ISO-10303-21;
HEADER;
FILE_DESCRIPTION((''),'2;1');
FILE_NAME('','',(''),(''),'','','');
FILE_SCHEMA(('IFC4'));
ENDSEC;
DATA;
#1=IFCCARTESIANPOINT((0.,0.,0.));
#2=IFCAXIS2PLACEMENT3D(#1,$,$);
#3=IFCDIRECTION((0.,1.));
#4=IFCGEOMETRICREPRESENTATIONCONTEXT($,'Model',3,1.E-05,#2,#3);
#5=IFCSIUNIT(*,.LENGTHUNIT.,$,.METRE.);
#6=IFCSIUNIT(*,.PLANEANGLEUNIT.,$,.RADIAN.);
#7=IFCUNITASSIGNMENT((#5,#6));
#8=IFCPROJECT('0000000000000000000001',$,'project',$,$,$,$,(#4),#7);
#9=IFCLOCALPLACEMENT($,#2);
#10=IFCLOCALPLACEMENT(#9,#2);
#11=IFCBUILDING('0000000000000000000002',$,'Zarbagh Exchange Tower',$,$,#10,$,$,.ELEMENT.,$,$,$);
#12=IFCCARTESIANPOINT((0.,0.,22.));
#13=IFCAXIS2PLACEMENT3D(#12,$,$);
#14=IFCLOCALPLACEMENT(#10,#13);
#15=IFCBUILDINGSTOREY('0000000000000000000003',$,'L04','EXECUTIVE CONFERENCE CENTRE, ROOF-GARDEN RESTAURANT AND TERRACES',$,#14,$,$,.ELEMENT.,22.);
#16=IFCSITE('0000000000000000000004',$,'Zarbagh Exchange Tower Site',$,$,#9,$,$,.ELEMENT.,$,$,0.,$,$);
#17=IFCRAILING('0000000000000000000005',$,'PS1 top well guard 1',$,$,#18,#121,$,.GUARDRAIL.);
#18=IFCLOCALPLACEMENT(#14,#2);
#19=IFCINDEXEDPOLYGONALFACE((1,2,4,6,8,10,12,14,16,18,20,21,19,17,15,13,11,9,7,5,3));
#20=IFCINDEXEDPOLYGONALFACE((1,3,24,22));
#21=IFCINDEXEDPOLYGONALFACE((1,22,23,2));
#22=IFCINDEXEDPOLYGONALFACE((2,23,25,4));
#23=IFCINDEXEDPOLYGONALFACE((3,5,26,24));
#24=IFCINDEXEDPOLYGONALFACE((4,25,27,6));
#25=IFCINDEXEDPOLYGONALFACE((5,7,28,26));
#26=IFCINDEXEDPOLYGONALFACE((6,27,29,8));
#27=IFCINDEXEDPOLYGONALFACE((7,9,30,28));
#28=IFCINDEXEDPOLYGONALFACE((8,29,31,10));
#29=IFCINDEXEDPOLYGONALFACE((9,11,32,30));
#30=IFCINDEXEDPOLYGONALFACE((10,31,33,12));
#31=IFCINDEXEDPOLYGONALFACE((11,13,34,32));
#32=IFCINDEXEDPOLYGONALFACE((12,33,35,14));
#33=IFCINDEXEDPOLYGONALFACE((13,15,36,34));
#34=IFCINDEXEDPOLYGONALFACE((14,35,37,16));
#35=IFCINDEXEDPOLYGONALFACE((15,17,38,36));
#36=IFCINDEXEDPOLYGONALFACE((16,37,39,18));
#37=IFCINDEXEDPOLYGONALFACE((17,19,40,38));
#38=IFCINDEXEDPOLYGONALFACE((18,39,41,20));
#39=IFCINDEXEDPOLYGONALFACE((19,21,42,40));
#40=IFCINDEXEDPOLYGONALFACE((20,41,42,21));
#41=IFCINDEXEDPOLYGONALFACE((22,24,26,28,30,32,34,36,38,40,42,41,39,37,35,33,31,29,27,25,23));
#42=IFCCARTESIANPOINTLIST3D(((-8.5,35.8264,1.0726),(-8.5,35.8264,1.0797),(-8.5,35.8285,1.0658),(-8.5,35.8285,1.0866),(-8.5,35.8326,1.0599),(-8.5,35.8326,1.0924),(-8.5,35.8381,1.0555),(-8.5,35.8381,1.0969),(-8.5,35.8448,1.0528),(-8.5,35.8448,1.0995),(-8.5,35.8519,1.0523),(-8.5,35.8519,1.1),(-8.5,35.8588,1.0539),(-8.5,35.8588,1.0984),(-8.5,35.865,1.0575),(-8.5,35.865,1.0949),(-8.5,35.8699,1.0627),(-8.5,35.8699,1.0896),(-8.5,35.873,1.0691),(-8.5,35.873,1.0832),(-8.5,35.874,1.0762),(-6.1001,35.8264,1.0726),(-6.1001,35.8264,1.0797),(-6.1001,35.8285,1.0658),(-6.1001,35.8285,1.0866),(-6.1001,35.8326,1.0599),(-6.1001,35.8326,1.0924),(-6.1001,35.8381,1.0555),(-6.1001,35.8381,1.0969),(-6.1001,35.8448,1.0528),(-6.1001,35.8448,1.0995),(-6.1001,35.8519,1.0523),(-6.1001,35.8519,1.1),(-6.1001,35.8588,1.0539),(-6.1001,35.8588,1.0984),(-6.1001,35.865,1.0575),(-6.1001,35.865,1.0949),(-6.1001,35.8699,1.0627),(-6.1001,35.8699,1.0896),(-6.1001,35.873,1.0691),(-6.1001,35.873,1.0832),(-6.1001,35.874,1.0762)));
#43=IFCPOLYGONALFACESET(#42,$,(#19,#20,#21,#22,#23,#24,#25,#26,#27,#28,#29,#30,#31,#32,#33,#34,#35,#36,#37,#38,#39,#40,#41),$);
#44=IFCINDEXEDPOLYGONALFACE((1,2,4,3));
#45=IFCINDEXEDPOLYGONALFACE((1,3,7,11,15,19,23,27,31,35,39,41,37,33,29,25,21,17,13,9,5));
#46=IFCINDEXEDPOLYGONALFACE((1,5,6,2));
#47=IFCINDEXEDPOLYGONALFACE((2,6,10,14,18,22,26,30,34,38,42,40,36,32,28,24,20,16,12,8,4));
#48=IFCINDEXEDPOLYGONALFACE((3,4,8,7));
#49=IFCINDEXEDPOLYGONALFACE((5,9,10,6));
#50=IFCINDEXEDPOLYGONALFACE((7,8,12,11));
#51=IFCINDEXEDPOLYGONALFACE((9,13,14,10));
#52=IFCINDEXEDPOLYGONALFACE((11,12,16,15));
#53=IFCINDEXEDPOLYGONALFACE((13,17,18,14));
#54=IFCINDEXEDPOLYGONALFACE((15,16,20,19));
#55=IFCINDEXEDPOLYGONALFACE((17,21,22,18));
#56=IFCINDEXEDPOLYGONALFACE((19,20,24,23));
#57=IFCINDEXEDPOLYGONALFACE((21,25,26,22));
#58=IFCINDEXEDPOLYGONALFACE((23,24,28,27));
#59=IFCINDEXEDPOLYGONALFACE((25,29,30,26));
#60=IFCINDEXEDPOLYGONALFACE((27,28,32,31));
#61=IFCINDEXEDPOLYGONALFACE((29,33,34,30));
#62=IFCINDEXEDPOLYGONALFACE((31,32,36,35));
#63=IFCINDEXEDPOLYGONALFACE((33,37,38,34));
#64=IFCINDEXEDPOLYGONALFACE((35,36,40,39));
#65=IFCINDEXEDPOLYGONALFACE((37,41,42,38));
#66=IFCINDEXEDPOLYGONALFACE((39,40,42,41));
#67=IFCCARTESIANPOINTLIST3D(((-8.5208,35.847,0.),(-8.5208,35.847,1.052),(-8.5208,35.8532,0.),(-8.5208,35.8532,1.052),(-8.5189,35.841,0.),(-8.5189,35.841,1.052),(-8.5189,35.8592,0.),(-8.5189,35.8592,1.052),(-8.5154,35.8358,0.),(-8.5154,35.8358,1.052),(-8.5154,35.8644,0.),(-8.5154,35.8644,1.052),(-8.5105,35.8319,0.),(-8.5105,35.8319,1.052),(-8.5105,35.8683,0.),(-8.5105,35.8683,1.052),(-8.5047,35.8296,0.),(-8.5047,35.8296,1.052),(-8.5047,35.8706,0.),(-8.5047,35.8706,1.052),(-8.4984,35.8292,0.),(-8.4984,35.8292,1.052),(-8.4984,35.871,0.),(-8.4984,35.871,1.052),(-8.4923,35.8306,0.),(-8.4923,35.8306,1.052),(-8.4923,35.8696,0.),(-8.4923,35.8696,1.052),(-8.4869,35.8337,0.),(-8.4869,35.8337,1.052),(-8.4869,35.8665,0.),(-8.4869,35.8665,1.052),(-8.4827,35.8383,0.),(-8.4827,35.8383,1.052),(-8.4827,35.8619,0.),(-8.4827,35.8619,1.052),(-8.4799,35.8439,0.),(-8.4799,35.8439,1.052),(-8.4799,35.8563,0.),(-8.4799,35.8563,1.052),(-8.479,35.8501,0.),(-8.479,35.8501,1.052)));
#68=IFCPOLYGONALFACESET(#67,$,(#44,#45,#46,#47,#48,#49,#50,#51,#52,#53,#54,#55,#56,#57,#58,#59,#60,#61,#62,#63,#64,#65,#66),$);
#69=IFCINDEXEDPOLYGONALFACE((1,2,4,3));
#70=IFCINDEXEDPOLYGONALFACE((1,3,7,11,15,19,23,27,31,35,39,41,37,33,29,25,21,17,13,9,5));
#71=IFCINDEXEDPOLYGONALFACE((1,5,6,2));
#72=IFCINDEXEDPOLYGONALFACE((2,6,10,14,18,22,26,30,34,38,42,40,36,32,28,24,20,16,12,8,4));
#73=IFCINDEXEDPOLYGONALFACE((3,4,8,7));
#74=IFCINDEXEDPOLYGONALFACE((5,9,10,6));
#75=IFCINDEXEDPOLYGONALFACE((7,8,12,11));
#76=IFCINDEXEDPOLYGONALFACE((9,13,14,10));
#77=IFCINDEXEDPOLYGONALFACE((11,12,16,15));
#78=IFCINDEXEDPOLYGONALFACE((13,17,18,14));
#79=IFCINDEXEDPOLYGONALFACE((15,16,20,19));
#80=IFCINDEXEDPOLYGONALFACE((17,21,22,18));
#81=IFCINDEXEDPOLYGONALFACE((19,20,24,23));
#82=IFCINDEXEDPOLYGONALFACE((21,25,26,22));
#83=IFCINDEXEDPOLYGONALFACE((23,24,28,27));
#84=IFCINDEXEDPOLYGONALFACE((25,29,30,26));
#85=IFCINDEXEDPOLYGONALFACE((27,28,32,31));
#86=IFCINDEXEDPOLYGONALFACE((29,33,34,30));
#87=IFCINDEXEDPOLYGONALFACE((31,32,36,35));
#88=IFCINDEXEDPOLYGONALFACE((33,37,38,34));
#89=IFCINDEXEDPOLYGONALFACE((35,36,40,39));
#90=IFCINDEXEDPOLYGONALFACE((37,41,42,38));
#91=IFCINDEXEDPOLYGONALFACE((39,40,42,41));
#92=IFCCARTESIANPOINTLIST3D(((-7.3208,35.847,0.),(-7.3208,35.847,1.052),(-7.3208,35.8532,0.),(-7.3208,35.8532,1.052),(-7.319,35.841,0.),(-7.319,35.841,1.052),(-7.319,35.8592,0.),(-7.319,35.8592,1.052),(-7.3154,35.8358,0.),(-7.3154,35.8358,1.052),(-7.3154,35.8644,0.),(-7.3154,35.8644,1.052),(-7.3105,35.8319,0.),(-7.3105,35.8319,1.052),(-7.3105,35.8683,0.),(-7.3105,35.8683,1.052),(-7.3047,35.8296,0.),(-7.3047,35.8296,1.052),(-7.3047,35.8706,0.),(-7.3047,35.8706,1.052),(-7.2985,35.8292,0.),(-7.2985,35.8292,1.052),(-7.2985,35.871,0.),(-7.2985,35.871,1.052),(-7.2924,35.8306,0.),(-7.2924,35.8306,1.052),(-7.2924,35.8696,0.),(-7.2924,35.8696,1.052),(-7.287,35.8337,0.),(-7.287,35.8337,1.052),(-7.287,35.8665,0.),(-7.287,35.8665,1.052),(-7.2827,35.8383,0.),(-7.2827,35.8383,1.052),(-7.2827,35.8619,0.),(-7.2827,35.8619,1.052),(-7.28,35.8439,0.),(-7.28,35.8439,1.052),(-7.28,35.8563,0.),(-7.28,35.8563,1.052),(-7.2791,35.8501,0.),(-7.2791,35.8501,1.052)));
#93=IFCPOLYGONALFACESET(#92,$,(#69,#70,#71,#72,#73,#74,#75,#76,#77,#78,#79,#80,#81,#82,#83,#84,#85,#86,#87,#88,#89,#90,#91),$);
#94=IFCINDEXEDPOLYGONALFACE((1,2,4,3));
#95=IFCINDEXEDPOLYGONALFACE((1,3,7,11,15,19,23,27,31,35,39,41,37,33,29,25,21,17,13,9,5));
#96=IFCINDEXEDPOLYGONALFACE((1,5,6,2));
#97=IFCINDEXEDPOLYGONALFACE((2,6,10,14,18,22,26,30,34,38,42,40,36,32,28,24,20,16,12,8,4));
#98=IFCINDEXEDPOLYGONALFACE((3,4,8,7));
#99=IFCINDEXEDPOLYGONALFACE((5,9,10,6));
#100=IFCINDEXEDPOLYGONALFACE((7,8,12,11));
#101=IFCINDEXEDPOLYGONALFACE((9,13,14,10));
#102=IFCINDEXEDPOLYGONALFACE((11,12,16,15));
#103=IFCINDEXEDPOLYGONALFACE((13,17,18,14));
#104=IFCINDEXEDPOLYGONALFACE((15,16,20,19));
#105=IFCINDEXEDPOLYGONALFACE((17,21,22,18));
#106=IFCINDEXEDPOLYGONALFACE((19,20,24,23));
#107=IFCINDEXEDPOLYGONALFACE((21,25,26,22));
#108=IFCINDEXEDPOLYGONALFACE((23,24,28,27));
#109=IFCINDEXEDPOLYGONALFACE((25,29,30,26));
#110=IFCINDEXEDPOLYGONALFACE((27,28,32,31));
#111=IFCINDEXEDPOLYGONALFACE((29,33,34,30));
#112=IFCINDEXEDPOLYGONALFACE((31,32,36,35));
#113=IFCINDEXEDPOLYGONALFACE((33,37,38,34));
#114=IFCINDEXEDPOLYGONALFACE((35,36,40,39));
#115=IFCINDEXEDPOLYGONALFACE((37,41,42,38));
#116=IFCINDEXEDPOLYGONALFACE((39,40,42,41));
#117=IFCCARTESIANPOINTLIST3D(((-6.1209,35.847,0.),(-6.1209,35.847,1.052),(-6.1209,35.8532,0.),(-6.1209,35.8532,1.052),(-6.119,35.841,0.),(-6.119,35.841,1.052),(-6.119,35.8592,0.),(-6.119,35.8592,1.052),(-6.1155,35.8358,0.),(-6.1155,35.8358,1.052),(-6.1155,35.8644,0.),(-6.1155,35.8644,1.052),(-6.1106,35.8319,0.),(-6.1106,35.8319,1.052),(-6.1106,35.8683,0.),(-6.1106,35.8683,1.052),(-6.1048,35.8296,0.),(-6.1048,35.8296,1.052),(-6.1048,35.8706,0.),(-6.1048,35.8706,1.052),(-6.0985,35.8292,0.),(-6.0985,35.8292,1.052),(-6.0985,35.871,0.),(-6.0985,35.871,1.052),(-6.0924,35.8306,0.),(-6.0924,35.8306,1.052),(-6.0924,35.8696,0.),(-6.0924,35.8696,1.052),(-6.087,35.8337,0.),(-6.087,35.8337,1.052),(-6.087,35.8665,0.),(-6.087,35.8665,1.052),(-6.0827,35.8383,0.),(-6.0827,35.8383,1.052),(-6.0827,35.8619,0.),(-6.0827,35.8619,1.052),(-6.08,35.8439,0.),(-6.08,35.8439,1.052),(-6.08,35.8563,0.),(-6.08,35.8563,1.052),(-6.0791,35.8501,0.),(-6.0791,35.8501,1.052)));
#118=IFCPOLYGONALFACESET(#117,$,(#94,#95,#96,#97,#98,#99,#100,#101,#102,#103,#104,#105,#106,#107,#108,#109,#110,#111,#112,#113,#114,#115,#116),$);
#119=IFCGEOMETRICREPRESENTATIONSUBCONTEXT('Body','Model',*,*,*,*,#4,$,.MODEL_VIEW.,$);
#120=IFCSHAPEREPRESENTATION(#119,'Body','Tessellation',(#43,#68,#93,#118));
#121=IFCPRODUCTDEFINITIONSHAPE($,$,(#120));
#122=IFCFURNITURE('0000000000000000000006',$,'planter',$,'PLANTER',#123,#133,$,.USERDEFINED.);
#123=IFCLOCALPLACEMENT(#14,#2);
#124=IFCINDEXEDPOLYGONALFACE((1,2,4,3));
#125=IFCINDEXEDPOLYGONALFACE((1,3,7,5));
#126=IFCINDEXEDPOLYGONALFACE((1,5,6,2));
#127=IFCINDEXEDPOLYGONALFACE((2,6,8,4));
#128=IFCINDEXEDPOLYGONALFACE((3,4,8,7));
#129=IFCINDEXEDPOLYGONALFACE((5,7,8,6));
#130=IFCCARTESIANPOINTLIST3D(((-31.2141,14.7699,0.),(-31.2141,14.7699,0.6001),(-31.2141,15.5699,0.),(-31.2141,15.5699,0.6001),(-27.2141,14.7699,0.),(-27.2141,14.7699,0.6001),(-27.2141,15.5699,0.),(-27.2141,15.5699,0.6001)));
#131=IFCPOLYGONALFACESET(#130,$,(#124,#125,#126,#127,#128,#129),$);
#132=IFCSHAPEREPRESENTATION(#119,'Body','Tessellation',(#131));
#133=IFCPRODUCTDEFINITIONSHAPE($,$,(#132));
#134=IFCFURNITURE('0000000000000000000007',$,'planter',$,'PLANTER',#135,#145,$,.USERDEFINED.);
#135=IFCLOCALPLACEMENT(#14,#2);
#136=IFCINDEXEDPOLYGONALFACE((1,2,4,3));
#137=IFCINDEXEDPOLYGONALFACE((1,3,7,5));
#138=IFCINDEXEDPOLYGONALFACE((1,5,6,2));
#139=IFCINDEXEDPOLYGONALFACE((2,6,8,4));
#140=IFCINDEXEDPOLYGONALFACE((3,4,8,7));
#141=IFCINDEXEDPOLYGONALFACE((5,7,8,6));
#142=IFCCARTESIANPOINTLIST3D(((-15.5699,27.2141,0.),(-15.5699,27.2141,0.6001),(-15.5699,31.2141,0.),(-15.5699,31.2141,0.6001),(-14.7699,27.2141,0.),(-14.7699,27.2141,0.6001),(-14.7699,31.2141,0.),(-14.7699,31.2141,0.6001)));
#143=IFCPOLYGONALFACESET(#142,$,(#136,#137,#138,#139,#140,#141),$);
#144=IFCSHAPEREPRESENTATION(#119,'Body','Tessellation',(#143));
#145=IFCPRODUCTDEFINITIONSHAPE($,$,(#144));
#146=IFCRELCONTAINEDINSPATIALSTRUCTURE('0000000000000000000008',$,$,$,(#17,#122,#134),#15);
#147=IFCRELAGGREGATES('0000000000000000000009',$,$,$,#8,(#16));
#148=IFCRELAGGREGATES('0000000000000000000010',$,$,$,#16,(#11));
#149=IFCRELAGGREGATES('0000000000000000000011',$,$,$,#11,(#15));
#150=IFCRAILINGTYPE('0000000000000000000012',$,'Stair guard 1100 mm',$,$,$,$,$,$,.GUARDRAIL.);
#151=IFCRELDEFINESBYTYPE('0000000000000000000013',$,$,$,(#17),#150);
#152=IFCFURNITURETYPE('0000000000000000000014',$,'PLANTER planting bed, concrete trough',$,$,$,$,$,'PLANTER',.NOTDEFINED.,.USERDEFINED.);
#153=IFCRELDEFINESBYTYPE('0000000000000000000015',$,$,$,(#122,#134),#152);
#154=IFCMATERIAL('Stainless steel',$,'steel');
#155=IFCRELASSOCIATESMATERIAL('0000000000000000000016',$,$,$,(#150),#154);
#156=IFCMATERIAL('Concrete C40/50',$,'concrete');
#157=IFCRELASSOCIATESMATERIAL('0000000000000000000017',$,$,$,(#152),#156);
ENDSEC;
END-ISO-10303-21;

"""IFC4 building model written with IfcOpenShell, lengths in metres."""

from ifc_helpers import new_model, si_unit, direction, frame, origin, origin_2d, place, context, subcontext, project, spatial, rectangle, circle, extrude, material, type_object, element, save


model = new_model("IFC4")

# Units and contexts
model_context = context("Model", 3, precision=1e-05, world=origin(), true_north=direction((0.0, 1.0)))
body_context = subcontext(model_context, "Body", "Model", "MODEL_VIEW")
ifc_project = project(units=[si_unit("LENGTHUNIT", "METRE"), si_unit("PLANEANGLEUNIT", "RADIAN")], contexts=[model_context])

# Site, building, storey
site_placement = place(None, origin())
site = spatial("IfcSite", under=ifc_project, at=site_placement, Name="Zarbagh Exchange Tower Site", CompositionType="ELEMENT", RefElevation=0.0)
building_placement = place(site_placement, origin())
building = spatial("IfcBuilding", under=site, at=building_placement, Name="Zarbagh Exchange Tower", CompositionType="ELEMENT")
storey_placement = place(building_placement, frame((0.0, 0.0, 22.0)))
storey = spatial("IfcBuildingStorey", under=building, at=storey_placement, Name="L04", Description="EXECUTIVE CONFERENCE CENTRE, ROOF-GARDEN RESTAURANT AND TERRACES", CompositionType="ELEMENT", Elevation=22.0)

# Shared definitions
ifc_material_1 = material(Name="Concrete C40/50", Category="concrete")

# Railing
ifc_material_2 = material(Name="Stainless steel", Category="steel")
railing_type_1 = type_object("IfcRailingType", Name="Stair guard 1100 mm", PredefinedType="GUARDRAIL", material=ifc_material_2)
railing_1_placement = place(storey_placement, frame((-8.5, 35.8501, 0.0)))
element("IfcRailing", 1, at=railing_1_placement, inside=storey, type_object=railing_type_1, Name="PS1 top well guard 1", PredefinedType="GUARDRAIL", context=body_context, shape_type="SweptSolid", body=[
    extrude(circle(Radius=0.0239, at=origin_2d()), frame((0.0, 0.0, 1.0762), z_axis=(1.0, 0.0, 0.0), x_axis=(0.0, 1.0, 0.0)), (0.0, 0.0, 1.0), 2.3999),
    extrude(circle(Radius=0.021, at=origin_2d()), origin(), (0.0, 0.0, 1.0), 1.052),
    extrude(circle(Radius=0.021, at=origin_2d()), frame((1.2, 0.0, 0.0)), (0.0, 0.0, 1.0), 1.052),
    extrude(circle(Radius=0.021, at=origin_2d()), frame((2.3999, 0.0, 0.0)), (0.0, 0.0, 1.0), 1.052),
])

# Furniture
furniture_type = type_object("IfcFurnitureType", Name="PLANTER planting bed, concrete trough", ElementType="PLANTER", AssemblyPlace="NOTDEFINED", PredefinedType="USERDEFINED", material=ifc_material_1)
for number, where, z_axis, x_axis, name in (
    (2, (-29.2141, 15.1699, 0.0), (0.0, 0.0, 1.0), (1.0, 0.0, 0.0), "planter"),
    (3, (-15.1699, 29.2141, 0.0), (0.0, 0.0, 1.0), (0.0, 1.0, 0.0), "planter"),
):
    element("IfcFurniture", number, at=place(storey_placement, frame(where, z_axis=z_axis, x_axis=x_axis)), inside=storey, type_object=furniture_type, Name=name, ObjectType="PLANTER", PredefinedType="USERDEFINED", context=body_context, shape_type="SweptSolid", body=[
        extrude(rectangle(XDim=4.0, YDim=0.8, at=origin_2d()), origin(), (0.0, 0.0, 1.0), 0.6001),
    ])

save(model, "model.ifc")
